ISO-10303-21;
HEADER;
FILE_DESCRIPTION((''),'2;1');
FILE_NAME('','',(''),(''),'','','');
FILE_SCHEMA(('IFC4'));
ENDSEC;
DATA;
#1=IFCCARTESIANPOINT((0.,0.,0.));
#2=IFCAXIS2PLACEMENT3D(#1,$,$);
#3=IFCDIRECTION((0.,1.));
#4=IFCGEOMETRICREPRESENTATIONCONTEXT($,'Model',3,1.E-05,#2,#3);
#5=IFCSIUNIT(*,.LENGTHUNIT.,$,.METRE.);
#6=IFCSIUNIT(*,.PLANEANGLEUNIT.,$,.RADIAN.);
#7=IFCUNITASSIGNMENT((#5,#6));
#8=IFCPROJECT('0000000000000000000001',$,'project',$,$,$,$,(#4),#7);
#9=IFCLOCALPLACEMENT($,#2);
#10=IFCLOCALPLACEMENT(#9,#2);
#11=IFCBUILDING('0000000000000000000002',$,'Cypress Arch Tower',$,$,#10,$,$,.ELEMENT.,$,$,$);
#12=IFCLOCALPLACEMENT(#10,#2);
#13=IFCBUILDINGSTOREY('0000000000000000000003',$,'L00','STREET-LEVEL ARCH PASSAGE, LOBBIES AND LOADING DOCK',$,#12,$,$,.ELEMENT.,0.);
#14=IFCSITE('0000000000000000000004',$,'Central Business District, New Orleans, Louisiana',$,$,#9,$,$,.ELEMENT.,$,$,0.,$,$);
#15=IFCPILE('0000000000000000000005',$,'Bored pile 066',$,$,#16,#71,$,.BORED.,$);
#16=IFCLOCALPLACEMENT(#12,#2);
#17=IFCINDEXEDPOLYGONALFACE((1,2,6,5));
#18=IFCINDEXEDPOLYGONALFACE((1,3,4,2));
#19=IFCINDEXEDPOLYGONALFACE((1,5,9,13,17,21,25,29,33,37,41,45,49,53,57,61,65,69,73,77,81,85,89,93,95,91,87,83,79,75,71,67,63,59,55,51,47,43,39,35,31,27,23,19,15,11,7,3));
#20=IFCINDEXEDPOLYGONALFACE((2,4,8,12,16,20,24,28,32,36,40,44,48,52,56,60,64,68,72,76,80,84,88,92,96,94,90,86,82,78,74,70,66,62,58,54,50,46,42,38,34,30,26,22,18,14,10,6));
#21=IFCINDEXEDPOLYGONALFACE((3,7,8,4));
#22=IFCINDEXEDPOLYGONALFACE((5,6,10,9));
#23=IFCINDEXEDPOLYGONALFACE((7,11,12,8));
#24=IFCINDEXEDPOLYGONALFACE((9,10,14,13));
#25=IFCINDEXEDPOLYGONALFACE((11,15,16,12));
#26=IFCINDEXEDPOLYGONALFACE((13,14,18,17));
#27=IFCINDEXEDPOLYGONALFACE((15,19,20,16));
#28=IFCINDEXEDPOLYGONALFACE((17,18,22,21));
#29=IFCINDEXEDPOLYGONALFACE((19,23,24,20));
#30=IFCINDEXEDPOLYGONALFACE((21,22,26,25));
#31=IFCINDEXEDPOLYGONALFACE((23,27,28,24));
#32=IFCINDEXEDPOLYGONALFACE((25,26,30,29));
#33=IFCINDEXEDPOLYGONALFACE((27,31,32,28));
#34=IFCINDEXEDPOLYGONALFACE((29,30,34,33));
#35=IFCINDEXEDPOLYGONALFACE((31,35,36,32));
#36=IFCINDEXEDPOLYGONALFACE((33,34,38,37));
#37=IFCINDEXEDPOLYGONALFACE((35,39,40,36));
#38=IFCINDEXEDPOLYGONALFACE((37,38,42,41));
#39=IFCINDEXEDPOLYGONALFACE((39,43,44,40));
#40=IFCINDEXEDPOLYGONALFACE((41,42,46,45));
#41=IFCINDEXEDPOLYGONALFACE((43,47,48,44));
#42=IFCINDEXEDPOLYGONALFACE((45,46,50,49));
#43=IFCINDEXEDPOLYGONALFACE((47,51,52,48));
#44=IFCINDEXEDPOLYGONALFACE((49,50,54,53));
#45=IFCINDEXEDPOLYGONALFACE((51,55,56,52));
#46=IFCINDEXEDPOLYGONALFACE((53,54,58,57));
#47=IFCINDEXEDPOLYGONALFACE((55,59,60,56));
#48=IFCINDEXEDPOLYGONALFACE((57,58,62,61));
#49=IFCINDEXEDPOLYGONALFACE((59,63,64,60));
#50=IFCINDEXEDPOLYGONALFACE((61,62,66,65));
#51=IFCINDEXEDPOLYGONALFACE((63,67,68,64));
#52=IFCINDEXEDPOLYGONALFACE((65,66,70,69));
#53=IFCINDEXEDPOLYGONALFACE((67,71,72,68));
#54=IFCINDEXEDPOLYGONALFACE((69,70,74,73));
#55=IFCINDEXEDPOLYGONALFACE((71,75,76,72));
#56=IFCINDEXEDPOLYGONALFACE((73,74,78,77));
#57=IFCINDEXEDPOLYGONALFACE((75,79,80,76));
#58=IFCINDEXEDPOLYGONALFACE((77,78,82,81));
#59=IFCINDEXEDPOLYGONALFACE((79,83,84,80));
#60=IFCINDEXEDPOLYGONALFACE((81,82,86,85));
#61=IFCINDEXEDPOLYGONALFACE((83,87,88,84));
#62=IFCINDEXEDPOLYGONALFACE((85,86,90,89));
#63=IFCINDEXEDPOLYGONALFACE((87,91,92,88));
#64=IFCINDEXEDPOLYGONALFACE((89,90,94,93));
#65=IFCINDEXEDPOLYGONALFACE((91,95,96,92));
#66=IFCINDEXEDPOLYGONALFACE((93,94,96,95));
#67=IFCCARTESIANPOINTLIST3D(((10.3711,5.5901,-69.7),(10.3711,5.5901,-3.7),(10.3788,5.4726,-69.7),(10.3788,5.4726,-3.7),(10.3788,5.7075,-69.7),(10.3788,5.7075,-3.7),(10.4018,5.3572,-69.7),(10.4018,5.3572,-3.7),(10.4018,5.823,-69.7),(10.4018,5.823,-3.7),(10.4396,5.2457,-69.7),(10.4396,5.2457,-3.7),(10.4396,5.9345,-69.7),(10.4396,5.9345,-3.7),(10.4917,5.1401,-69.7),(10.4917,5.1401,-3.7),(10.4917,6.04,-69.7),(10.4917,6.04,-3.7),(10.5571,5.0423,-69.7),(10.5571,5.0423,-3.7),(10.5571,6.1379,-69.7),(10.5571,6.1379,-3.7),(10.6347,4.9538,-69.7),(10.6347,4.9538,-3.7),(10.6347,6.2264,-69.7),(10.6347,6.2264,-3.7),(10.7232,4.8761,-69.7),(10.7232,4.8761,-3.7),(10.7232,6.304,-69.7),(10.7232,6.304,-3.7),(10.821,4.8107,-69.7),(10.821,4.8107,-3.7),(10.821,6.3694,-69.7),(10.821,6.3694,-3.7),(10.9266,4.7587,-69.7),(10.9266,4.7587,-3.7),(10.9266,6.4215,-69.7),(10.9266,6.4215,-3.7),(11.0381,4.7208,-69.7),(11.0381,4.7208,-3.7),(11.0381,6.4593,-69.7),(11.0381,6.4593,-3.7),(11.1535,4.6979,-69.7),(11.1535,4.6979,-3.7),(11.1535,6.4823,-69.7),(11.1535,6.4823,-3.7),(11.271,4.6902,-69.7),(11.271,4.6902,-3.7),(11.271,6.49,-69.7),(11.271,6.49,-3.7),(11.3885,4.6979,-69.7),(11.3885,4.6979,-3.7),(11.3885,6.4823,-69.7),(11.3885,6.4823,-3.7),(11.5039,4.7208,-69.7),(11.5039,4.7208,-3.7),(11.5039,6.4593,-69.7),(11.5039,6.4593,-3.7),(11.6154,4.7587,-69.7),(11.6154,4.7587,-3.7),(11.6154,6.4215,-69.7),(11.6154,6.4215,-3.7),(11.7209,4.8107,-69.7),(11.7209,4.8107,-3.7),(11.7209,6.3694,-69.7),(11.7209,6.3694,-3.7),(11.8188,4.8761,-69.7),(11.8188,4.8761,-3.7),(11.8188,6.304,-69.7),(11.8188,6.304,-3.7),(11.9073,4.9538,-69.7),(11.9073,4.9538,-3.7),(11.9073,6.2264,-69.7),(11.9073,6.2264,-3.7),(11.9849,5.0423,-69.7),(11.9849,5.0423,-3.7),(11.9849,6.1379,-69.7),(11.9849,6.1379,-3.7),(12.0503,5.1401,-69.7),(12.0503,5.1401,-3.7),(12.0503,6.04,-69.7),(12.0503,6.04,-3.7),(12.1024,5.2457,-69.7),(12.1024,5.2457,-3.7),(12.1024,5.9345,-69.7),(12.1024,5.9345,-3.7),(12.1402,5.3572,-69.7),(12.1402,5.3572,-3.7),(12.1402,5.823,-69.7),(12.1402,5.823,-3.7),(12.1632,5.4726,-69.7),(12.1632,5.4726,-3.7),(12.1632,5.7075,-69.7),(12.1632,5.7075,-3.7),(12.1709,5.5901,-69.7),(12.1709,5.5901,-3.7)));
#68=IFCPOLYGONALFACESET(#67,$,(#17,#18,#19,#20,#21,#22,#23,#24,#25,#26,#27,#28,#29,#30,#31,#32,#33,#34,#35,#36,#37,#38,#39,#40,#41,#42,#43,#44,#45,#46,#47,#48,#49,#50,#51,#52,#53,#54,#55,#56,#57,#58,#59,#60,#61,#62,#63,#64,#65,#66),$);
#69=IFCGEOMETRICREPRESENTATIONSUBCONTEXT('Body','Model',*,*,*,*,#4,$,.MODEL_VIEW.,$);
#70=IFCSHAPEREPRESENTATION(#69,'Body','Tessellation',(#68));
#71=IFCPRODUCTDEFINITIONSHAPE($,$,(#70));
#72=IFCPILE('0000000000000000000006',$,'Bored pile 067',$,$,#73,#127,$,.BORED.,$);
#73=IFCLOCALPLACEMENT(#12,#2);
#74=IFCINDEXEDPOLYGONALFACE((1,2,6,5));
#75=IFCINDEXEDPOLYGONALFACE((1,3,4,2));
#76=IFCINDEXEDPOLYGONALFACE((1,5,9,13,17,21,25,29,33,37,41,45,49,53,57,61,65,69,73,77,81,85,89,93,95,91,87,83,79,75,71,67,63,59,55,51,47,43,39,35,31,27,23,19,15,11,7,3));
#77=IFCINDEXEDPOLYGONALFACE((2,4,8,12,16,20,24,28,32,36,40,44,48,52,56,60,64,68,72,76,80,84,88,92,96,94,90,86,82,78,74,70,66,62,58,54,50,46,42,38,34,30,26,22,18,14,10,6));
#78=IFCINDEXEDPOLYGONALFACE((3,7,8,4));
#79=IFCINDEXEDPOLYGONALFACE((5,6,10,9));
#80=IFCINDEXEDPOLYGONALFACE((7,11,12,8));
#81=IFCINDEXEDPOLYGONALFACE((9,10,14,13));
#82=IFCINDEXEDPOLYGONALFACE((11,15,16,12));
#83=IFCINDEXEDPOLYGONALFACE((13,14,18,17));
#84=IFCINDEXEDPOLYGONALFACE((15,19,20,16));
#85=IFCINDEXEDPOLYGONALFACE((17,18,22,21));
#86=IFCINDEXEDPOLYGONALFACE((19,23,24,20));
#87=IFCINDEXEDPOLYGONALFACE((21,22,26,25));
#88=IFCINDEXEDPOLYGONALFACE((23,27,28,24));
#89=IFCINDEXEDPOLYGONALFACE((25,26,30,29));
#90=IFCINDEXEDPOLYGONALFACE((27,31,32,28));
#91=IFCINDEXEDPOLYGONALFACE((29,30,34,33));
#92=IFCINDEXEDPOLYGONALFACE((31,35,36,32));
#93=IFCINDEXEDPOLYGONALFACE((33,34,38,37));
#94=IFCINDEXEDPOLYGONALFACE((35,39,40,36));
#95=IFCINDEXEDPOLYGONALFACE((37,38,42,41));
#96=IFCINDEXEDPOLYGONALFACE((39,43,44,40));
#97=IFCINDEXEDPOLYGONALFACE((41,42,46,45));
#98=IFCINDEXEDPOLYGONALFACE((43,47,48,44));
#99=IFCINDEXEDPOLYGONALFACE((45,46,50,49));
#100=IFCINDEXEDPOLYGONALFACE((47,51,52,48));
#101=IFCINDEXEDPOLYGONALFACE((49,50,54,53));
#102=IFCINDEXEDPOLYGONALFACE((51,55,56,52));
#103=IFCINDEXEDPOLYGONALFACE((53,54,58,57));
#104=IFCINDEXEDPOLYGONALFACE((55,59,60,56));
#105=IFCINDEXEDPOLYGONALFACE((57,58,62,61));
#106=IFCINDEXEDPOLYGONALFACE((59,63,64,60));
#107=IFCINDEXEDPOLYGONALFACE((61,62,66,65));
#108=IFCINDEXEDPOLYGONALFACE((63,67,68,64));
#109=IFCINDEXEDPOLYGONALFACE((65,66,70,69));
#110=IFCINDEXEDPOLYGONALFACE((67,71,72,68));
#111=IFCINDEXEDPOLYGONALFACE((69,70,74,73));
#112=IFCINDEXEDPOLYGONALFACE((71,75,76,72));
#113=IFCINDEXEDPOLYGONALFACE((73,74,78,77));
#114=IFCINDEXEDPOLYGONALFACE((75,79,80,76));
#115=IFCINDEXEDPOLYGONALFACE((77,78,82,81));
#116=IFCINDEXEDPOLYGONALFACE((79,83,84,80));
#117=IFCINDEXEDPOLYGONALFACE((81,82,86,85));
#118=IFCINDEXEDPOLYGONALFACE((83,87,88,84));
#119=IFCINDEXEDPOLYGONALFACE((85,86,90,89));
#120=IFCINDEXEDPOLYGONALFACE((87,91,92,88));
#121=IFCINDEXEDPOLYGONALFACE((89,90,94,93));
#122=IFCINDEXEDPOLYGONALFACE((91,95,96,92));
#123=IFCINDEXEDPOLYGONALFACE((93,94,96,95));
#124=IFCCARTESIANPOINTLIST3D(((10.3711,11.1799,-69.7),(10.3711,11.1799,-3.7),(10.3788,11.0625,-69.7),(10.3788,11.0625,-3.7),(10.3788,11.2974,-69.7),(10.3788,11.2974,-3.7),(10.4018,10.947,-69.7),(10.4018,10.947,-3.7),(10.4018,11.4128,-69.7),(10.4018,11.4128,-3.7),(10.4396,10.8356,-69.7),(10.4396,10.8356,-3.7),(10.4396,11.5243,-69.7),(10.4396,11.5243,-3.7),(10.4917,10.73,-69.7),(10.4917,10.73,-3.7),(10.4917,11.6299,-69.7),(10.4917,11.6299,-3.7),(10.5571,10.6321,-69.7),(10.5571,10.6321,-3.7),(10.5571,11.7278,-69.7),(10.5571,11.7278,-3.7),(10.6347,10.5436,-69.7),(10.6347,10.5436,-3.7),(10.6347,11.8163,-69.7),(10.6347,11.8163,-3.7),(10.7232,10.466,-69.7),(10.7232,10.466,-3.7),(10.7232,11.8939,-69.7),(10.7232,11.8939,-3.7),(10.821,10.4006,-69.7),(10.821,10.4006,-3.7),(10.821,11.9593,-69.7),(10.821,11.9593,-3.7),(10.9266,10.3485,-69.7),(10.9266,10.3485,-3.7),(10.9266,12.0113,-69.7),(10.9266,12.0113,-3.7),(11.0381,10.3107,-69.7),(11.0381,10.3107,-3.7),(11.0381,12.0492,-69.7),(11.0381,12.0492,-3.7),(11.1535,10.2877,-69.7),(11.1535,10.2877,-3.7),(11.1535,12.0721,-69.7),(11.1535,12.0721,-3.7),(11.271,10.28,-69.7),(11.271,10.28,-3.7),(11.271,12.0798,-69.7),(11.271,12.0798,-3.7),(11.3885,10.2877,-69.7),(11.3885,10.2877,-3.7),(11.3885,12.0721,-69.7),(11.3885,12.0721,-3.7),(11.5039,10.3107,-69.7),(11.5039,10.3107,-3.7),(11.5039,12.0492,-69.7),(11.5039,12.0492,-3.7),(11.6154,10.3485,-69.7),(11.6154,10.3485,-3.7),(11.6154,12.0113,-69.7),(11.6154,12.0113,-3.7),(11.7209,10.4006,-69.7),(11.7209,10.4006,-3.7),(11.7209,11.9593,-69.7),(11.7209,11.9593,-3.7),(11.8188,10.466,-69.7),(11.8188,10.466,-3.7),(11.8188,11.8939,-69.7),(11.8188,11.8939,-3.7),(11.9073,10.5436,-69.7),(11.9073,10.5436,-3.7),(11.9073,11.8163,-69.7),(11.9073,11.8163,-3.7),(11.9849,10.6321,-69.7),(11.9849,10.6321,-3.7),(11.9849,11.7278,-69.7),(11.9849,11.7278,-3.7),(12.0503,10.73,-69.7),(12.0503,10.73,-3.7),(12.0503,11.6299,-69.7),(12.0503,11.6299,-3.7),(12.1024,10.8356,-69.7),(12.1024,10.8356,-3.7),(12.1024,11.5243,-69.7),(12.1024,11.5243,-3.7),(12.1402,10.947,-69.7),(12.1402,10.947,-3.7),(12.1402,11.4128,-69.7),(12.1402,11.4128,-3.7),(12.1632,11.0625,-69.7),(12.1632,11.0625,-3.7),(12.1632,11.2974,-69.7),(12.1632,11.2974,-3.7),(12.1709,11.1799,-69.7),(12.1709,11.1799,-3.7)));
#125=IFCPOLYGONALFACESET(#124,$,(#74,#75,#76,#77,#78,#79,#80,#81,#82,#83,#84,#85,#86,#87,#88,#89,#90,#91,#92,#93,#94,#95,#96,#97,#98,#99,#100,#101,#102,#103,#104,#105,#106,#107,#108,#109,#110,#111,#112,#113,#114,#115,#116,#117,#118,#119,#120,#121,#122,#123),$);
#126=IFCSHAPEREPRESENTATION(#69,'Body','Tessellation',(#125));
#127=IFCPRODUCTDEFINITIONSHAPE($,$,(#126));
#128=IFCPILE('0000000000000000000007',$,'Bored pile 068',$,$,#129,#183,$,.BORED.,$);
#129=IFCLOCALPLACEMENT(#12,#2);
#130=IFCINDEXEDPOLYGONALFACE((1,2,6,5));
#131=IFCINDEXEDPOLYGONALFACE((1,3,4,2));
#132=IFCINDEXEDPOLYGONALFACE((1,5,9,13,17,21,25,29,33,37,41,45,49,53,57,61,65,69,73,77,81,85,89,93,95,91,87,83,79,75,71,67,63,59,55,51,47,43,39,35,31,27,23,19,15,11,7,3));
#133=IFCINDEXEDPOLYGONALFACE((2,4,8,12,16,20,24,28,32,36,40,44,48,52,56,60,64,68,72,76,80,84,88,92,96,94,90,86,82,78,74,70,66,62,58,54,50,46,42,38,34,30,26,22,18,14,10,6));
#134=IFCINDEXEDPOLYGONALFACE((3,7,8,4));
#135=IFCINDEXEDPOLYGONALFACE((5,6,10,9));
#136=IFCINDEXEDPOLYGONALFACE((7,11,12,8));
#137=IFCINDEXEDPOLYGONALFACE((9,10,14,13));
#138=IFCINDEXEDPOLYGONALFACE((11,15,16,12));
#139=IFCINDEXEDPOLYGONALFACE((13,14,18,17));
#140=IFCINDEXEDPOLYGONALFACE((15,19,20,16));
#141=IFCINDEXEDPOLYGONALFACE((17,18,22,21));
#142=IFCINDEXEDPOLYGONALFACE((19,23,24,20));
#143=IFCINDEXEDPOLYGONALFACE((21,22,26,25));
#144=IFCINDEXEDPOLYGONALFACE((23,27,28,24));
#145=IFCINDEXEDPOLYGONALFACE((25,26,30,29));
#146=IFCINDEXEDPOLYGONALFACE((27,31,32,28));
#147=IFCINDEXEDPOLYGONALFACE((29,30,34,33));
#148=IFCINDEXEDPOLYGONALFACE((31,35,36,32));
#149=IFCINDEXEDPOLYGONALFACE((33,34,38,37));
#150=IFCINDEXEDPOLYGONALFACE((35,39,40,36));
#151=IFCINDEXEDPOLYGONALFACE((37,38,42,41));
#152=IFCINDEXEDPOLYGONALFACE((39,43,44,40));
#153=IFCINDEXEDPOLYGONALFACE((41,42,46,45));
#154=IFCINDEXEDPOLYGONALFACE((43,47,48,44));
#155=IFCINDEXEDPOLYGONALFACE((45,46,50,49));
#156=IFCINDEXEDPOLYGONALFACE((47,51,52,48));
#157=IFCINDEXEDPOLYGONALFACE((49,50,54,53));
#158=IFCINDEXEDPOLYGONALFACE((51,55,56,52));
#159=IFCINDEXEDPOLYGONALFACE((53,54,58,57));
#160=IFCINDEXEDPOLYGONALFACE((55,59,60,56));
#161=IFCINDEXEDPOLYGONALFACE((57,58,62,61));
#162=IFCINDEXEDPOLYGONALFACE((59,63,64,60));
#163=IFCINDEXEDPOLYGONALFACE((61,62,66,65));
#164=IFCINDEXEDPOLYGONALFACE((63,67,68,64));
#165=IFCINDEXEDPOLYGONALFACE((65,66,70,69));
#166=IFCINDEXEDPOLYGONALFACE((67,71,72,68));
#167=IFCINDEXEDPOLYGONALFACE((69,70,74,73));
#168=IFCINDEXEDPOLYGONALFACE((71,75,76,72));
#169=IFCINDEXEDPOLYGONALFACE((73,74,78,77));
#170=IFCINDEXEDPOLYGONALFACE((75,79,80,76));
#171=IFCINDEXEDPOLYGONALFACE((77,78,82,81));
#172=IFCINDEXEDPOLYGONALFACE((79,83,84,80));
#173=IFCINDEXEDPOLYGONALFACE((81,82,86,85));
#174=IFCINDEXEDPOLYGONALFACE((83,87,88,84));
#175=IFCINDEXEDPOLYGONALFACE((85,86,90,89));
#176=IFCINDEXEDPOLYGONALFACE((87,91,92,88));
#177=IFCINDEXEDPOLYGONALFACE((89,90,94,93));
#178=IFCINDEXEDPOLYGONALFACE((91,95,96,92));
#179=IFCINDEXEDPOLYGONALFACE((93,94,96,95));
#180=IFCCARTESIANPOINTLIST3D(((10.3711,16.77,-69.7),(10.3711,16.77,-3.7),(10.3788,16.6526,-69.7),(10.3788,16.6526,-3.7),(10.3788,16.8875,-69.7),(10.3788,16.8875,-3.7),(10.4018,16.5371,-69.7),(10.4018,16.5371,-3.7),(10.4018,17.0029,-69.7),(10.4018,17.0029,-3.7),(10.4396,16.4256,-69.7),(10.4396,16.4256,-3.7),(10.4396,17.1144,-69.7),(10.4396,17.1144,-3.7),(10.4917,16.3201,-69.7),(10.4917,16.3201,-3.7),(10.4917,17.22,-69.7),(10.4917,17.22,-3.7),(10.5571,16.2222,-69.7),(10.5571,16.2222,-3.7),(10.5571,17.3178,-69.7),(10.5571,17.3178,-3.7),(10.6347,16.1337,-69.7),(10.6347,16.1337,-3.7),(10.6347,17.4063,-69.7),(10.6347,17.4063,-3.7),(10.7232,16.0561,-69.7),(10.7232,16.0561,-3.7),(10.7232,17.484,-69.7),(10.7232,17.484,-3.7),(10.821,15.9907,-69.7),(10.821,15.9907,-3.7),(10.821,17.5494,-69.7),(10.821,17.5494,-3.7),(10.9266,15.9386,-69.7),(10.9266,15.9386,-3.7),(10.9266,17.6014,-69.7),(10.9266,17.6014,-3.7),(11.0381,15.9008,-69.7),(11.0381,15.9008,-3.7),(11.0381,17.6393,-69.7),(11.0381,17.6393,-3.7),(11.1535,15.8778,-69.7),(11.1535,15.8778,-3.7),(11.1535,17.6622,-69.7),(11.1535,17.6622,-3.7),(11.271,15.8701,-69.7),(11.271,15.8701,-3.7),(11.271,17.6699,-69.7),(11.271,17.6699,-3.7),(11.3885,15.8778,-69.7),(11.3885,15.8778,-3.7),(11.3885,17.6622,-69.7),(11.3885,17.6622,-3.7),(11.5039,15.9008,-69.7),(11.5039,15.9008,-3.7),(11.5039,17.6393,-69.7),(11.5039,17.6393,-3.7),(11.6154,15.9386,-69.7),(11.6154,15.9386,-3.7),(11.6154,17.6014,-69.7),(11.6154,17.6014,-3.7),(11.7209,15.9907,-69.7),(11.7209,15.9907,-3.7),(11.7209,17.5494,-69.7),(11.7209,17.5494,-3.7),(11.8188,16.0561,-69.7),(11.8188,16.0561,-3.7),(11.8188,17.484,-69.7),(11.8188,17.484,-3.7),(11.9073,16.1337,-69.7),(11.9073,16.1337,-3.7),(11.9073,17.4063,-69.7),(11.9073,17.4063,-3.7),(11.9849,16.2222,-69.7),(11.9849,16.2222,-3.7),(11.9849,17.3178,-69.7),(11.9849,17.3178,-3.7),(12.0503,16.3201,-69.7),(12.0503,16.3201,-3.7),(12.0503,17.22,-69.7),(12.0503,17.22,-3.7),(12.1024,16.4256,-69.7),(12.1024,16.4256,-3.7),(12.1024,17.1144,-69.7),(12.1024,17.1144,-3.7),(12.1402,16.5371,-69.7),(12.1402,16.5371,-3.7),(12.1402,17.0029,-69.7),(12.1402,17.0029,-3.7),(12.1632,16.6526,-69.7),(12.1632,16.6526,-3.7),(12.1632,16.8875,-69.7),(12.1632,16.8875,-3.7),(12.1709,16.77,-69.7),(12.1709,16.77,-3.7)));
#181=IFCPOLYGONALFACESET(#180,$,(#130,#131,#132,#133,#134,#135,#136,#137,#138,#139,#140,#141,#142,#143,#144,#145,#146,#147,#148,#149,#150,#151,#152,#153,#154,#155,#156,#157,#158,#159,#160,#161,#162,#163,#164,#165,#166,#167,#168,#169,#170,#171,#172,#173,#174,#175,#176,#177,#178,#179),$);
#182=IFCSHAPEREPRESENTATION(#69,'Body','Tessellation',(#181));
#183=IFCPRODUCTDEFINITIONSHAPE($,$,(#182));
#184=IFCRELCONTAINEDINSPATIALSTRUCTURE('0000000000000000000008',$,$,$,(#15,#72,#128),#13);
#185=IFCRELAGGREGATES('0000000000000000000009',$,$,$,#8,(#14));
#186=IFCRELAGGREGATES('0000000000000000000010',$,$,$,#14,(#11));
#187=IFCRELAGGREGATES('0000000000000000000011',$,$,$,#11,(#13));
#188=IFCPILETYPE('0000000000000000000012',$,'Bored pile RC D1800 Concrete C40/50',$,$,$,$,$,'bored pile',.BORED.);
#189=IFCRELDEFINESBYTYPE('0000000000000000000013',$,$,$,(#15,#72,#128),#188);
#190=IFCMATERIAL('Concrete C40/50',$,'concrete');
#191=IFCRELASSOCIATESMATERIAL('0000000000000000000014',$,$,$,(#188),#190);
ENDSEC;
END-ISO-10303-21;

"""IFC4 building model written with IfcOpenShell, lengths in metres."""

from ifc_helpers import new_model, si_unit, direction, frame, origin, origin_2d, place, context, subcontext, project, spatial, circle, extrude, material, material_profile, profile_set, type_object, element, save


model = new_model("IFC4")

# Units and contexts
model_context = context("Model", 3, precision=1e-05, world=origin(), true_north=direction((0.0, 1.0)))
body_context = subcontext(model_context, "Body", "Model", "MODEL_VIEW")
ifc_project = project(units=[si_unit("LENGTHUNIT", "METRE"), si_unit("PLANEANGLEUNIT", "RADIAN")], contexts=[model_context])

# Site, building, storey
site_placement = place(None, origin())
site = spatial("IfcSite", under=ifc_project, at=site_placement, Name="Central Business District, New Orleans, Louisiana", CompositionType="ELEMENT", RefElevation=0.0)
building_placement = place(site_placement, origin())
building = spatial("IfcBuilding", under=site, at=building_placement, Name="Cypress Arch Tower", CompositionType="ELEMENT")
storey_placement = place(building_placement, origin())
storey = spatial("IfcBuildingStorey", under=building, at=storey_placement, Name="L00", Description="STREET-LEVEL ARCH PASSAGE, LOBBIES AND LOADING DOCK", CompositionType="ELEMENT", Elevation=0.0)

# Piles
ifc_material_1 = material(Name="Concrete C40/50", Category="concrete")
ifc_material_profile_1 = material_profile(ifc_material_1, circle(Radius=0.8999, at=origin_2d()), Name="RC D1800")
ifc_profile_set_1 = profile_set([ifc_material_profile_1], Name="Concrete C40/50")
pile_type = type_object("IfcPileType", Name="Bored pile RC D1800 Concrete C40/50", ElementType="bored pile", PredefinedType="BORED", material=ifc_profile_set_1)
for number, where, z_axis, x_axis, name in (
    (1, (11.271, 5.5901, -3.7), (0.0, 0.0, -1.0), (1.0, 0.0, 0.0), "Bored pile 066"),
    (2, (11.271, 11.1799, -3.7), (0.0, 0.0, -1.0), (1.0, 0.0, 0.0), "Bored pile 067"),
    (3, (11.271, 16.77, -3.7), (0.0, 0.0, -1.0), (1.0, 0.0, 0.0), "Bored pile 068"),
):
    element("IfcPile", number, at=place(storey_placement, frame(where, z_axis=z_axis, x_axis=x_axis)), inside=storey, type_object=pile_type, Name=name, PredefinedType="BORED", context=body_context, shape_type="SweptSolid", body=[
        extrude(circle(Radius=0.8999, at=origin_2d()), origin(), (0.0, 0.0, 1.0), 66.0),
    ])

save(model, "model.ifc")
